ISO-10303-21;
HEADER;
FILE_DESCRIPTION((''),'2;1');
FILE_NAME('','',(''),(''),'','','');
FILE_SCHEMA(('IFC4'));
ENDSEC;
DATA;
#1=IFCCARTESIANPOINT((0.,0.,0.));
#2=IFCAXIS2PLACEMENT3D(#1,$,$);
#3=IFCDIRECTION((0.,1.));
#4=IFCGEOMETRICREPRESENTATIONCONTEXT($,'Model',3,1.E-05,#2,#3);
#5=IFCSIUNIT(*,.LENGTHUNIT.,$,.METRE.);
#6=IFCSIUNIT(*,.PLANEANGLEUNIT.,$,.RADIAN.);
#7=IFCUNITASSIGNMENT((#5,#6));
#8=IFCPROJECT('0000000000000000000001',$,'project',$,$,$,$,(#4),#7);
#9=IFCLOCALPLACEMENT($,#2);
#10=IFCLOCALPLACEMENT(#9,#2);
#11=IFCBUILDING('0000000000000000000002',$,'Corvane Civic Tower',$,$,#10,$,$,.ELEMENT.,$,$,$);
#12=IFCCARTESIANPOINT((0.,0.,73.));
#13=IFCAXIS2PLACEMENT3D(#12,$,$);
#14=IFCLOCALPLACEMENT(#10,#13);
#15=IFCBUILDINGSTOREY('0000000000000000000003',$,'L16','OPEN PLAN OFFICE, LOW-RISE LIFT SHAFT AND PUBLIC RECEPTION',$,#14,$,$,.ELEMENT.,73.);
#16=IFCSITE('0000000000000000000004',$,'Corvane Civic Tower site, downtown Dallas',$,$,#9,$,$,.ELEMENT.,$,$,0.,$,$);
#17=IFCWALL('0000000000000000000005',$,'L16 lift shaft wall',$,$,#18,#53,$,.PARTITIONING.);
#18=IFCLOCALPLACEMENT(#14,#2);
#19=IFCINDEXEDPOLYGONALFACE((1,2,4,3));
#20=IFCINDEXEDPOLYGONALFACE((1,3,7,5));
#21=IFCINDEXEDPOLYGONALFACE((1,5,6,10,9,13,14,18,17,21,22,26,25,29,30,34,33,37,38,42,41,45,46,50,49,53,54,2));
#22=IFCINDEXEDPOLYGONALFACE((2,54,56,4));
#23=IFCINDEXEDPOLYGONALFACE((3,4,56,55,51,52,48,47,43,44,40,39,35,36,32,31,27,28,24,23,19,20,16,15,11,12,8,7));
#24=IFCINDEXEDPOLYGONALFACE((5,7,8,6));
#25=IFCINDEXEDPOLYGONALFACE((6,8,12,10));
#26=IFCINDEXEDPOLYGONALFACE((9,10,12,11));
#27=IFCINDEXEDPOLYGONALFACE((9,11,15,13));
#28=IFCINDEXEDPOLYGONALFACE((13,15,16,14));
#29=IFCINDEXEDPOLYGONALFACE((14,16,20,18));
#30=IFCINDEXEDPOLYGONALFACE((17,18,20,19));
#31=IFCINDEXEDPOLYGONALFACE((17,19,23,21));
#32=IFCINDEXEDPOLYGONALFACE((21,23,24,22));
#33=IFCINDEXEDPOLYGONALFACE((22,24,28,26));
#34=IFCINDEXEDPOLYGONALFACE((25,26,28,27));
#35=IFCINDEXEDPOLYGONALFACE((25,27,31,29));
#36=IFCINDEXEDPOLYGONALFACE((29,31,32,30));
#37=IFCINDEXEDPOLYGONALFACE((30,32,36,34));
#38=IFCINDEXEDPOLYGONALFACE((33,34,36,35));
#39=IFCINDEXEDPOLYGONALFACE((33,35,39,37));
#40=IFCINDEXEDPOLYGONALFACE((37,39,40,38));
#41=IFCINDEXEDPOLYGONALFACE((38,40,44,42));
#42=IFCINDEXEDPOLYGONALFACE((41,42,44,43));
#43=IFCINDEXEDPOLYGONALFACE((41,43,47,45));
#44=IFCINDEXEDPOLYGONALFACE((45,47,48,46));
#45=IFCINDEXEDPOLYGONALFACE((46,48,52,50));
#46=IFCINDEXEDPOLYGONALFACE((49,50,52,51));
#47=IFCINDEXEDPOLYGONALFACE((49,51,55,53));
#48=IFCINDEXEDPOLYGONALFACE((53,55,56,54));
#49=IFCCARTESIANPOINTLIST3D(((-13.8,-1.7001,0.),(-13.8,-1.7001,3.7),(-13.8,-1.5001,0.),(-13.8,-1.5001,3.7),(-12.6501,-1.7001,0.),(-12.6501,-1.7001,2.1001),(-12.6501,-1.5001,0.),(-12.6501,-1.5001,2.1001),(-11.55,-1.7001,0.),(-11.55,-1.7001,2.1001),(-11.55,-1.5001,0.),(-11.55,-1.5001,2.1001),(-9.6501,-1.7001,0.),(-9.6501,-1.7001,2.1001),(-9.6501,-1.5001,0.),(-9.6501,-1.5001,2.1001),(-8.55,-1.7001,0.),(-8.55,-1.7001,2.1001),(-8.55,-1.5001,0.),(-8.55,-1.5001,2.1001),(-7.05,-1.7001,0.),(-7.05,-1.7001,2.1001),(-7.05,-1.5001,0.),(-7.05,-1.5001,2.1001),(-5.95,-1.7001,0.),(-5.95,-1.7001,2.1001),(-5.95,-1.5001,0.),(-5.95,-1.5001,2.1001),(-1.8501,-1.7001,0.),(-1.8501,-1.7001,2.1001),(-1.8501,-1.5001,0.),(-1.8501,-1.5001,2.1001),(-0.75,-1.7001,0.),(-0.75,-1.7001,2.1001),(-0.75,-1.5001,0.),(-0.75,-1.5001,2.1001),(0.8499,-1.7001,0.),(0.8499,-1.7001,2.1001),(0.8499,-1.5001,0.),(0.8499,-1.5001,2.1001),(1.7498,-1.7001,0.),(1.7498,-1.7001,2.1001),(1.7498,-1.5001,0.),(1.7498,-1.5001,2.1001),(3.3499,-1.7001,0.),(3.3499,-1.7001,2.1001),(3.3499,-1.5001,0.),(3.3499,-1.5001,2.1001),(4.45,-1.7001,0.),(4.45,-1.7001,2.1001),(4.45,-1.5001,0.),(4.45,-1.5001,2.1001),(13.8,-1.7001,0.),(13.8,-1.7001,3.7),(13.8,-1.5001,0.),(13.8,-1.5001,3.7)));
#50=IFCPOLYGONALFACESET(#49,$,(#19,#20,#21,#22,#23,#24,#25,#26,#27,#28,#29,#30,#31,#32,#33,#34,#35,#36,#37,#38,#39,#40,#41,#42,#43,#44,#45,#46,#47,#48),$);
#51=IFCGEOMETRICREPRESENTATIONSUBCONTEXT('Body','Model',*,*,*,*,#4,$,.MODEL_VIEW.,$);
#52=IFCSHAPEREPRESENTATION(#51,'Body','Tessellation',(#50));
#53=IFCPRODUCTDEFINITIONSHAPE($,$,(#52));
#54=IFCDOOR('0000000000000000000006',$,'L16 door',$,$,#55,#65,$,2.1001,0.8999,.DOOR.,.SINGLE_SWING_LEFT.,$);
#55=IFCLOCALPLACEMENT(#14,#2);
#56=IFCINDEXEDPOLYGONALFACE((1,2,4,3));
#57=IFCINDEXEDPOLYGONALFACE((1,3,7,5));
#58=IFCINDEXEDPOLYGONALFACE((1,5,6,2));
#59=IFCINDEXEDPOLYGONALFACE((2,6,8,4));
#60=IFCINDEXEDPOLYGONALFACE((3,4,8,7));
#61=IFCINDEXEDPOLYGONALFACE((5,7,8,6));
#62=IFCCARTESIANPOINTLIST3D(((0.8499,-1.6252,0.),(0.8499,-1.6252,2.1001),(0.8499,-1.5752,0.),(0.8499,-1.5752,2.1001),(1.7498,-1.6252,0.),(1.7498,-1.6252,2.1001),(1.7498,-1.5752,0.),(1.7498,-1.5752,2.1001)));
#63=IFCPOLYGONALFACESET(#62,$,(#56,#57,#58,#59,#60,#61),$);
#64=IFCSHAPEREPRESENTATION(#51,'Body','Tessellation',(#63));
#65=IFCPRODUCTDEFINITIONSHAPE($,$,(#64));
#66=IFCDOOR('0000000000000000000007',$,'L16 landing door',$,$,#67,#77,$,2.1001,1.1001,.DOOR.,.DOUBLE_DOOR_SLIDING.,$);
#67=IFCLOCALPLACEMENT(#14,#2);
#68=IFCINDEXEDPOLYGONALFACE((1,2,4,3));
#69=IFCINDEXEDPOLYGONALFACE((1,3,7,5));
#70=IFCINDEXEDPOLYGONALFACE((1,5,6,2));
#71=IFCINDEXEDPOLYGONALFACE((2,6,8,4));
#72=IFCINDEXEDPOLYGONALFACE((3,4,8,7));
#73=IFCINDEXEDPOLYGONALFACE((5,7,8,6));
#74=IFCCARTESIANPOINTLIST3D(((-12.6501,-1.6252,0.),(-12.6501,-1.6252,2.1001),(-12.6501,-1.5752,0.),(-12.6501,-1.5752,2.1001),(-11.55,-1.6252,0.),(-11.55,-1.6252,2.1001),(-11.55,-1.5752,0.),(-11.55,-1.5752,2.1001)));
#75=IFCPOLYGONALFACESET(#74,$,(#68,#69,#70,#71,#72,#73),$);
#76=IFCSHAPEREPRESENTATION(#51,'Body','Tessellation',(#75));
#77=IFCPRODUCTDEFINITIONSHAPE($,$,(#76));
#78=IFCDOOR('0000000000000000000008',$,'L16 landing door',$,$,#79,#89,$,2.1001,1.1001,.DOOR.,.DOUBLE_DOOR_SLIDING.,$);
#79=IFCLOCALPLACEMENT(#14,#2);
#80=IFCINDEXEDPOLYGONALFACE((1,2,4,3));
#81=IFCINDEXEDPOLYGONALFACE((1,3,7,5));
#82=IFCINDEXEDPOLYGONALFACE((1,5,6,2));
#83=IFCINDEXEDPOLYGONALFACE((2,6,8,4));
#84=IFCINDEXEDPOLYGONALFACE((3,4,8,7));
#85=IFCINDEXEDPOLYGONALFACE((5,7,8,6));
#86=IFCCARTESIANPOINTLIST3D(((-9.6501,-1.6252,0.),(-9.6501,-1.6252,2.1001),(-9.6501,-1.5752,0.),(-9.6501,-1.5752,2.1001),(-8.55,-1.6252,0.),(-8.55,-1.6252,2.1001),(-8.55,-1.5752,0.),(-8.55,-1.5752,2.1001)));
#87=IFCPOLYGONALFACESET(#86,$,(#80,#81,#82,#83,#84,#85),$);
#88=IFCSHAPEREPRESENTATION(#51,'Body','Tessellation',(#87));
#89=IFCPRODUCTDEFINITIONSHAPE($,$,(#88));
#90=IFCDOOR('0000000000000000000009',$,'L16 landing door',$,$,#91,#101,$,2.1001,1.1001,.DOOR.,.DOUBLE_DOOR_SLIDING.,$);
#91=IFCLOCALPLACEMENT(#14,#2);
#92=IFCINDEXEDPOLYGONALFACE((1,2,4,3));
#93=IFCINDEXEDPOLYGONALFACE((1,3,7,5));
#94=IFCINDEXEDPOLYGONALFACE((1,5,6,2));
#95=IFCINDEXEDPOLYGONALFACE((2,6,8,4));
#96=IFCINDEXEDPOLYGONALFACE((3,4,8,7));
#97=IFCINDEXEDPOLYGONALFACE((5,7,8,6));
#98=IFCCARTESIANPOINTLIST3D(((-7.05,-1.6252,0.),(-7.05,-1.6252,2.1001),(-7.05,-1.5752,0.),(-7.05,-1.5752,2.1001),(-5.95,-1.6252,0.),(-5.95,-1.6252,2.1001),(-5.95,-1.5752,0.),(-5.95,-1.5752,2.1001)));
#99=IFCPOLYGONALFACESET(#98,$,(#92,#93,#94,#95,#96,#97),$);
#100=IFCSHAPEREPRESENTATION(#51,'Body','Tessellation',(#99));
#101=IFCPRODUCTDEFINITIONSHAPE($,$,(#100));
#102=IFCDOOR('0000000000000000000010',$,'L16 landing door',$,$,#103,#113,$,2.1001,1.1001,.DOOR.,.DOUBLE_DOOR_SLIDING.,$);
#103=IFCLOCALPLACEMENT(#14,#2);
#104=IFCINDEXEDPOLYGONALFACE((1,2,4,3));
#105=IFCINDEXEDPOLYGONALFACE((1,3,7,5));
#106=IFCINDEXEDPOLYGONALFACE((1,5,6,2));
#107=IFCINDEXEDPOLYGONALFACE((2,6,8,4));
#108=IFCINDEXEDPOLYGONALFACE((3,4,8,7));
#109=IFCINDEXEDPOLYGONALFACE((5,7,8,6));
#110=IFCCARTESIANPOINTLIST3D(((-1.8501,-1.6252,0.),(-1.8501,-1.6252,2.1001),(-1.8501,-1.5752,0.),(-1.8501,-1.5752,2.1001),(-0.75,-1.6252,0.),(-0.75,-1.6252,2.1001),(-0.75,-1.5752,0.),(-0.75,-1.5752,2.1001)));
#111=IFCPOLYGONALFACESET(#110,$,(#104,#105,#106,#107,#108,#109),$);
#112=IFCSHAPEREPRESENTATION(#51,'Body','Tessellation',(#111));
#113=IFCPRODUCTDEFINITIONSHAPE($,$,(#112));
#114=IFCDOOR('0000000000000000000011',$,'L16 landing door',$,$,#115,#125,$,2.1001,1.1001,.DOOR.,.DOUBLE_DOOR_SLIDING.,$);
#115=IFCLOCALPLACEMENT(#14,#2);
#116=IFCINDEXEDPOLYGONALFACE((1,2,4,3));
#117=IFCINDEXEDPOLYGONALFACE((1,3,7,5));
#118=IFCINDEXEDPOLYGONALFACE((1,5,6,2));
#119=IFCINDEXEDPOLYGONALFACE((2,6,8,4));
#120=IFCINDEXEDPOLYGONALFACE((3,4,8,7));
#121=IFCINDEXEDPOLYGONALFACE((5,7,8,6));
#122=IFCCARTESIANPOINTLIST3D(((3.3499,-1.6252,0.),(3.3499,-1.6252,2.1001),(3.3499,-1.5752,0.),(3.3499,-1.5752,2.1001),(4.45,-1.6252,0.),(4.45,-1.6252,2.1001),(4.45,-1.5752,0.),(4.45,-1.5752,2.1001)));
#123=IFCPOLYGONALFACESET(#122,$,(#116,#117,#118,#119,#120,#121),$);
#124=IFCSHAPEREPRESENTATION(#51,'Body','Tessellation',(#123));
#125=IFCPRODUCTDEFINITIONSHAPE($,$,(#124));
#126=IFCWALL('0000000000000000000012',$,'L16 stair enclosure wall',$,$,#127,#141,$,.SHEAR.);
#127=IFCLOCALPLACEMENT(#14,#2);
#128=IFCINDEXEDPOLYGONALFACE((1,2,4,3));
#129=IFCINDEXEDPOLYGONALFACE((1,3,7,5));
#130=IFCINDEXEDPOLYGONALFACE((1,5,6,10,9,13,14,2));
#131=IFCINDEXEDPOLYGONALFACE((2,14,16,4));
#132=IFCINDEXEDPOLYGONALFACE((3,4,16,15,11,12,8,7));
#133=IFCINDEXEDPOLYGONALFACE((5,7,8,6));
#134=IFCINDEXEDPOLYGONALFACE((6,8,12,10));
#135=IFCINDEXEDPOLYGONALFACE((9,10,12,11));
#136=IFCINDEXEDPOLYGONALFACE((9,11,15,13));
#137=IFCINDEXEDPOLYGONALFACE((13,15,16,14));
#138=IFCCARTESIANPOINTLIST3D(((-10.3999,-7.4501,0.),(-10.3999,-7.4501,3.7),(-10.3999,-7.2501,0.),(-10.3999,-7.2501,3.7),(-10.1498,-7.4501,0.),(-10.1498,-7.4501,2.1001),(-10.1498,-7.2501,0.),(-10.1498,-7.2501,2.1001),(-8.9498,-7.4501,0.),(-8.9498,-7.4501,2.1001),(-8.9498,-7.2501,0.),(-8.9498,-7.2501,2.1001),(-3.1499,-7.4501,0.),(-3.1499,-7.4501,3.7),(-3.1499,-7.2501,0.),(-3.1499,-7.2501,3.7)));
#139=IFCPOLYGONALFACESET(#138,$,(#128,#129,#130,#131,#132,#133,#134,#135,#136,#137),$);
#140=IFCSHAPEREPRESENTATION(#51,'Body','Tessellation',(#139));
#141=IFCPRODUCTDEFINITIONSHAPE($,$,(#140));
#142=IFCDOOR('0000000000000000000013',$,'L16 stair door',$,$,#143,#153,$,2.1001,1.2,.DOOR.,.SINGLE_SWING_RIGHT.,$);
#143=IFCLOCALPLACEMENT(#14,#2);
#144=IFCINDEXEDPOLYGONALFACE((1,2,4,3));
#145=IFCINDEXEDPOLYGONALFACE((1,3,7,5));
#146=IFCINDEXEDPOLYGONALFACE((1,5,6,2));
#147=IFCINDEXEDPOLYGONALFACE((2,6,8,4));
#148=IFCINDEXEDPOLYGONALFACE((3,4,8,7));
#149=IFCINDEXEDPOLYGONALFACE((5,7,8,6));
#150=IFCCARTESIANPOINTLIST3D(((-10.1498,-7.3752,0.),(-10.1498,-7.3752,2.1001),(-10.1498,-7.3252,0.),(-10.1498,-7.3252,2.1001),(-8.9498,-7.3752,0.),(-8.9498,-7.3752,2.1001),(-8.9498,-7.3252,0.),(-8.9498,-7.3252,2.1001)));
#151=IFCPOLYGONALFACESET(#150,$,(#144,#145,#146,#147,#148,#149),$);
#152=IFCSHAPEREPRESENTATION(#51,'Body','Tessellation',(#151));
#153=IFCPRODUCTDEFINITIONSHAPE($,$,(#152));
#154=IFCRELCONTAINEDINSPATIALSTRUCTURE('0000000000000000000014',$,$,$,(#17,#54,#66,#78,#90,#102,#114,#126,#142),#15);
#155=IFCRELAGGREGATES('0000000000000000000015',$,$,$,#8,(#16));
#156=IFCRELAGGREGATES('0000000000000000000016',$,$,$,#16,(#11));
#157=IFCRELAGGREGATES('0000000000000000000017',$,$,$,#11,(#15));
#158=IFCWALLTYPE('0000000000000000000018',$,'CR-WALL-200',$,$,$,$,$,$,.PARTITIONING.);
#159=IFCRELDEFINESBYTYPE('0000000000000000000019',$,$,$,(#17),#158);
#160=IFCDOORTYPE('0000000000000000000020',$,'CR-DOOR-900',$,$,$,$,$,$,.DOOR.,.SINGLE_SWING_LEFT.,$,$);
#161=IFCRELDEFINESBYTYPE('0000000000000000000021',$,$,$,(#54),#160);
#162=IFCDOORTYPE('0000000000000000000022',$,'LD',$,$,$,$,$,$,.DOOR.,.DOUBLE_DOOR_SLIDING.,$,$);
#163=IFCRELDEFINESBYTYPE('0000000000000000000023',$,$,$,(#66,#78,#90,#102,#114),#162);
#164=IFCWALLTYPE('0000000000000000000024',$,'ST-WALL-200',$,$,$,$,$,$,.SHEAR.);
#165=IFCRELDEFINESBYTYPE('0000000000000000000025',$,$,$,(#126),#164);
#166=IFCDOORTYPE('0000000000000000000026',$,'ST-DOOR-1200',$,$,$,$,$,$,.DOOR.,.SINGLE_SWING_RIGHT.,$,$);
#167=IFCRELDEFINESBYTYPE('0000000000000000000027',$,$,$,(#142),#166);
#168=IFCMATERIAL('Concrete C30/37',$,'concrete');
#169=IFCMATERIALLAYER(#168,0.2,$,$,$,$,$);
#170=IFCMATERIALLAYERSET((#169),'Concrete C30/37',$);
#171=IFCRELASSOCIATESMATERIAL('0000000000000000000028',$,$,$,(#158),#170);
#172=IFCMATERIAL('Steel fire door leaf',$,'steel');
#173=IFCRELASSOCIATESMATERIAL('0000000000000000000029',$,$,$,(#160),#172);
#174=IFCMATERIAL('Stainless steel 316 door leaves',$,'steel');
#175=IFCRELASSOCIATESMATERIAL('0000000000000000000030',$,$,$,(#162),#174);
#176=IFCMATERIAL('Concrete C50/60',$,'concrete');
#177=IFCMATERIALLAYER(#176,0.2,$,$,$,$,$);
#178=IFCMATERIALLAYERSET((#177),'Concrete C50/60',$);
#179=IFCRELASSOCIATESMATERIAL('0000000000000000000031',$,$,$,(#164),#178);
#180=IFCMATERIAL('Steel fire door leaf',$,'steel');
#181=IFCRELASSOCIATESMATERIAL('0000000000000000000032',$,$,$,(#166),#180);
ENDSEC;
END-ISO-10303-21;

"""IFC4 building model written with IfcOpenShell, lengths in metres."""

from ifc_helpers import new_model, si_unit, direction, frame, frame_2d, origin, place, context, subcontext, project, spatial, rectangle, extrude, material, layer, layer_set, type_object, element, fill, save


model = new_model("IFC4")

# Units and contexts
model_context = context("Model", 3, precision=1e-05, world=origin(), true_north=direction((0.0, 1.0)))
body_context = subcontext(model_context, "Body", "Model", "MODEL_VIEW")
ifc_project = project(units=[si_unit("LENGTHUNIT", "METRE"), si_unit("PLANEANGLEUNIT", "RADIAN")], contexts=[model_context])

# Site, building, storey
site_placement = place(None, origin())
site = spatial("IfcSite", under=ifc_project, at=site_placement, Name="Corvane Civic Tower site, downtown Dallas", CompositionType="ELEMENT", RefElevation=0.0)
building_placement = place(site_placement, origin())
building = spatial("IfcBuilding", under=site, at=building_placement, Name="Corvane Civic Tower", CompositionType="ELEMENT")
storey_placement = place(building_placement, frame((0.0, 0.0, 73.0)))
storey = spatial("IfcBuildingStorey", under=building, at=storey_placement, Name="L16", Description="OPEN PLAN OFFICE, LOW-RISE LIFT SHAFT AND PUBLIC RECEPTION", CompositionType="ELEMENT", Elevation=73.0)

# Wall, openings, doors
ifc_material_1 = material(Name="Concrete C30/37", Category="concrete")
ifc_layer_1 = layer(ifc_material_1, 0.2)
ifc_layer_set_1 = layer_set([ifc_layer_1], Name="Concrete C30/37")
wall_type_1 = type_object("IfcWallType", Name="CR-WALL-200", PredefinedType="PARTITIONING", material=ifc_layer_set_1)
ifc_material_2 = material(Name="Steel fire door leaf", Category="steel")
door_type_1 = type_object("IfcDoorType", Name="CR-DOOR-900", OperationType="SINGLE_SWING_LEFT", PredefinedType="DOOR", material=ifc_material_2)
wall_1_placement = place(storey_placement, frame((-13.8, -1.6001, 0.0), z_axis=(0.0, 0.0, 1.0), x_axis=(1.0, 0.0, 0.0)))
wall_1 = element("IfcWall", 1, at=wall_1_placement, inside=storey, type_object=wall_type_1, Name="L16 lift shaft wall", PredefinedType="PARTITIONING", context=body_context, shape_type="SweptSolid", body=[
    extrude(rectangle(XDim=27.6001, YDim=0.2, at=frame_2d((13.8, 0.0))), origin(), (0.0, 0.0, 1.0), 3.7),
])
opening_1_placement = place(wall_1_placement, frame((1.1499, 0.0, 0.0)))
opening_1 = element("IfcOpeningElement", 2, at=opening_1_placement, cuts=wall_1, PredefinedType="OPENING", context=body_context, shape_type="SweptSolid", body=[
    extrude(rectangle(XDim=1.1001, YDim=2.1001, at=frame_2d((0.55, 1.05))), frame((0.0, 0.1099, 0.0), z_axis=(0.0, -1.0, 0.0), x_axis=(1.0, 0.0, 0.0)), (0.0, 0.0, 1.0), 0.22),
])
opening_2_placement = place(wall_1_placement, frame((4.1499, 0.0, 0.0)))
opening_2 = element("IfcOpeningElement", 3, at=opening_2_placement, cuts=wall_1, PredefinedType="OPENING", context=body_context, shape_type="SweptSolid", body=[
    extrude(rectangle(XDim=1.1001, YDim=2.1001, at=frame_2d((0.55, 1.05))), frame((0.0, 0.1099, 0.0), z_axis=(0.0, -1.0, 0.0), x_axis=(1.0, 0.0, 0.0)), (0.0, 0.0, 1.0), 0.22),
])
opening_3_placement = place(wall_1_placement, frame((6.75, 0.0, 0.0)))
opening_3 = element("IfcOpeningElement", 4, at=opening_3_placement, cuts=wall_1, PredefinedType="OPENING", context=body_context, shape_type="SweptSolid", body=[
    extrude(rectangle(XDim=1.1001, YDim=2.1001, at=frame_2d((0.55, 1.05))), frame((0.0, 0.1099, 0.0), z_axis=(0.0, -1.0, 0.0), x_axis=(1.0, 0.0, 0.0)), (0.0, 0.0, 1.0), 0.22),
])
opening_4_placement = place(wall_1_placement, frame((11.95, 0.0, 0.0)))
opening_4 = element("IfcOpeningElement", 5, at=opening_4_placement, cuts=wall_1, PredefinedType="OPENING", context=body_context, shape_type="SweptSolid", body=[
    extrude(rectangle(XDim=1.1001, YDim=2.1001, at=frame_2d((0.55, 1.05))), frame((0.0, 0.1099, 0.0), z_axis=(0.0, -1.0, 0.0), x_axis=(1.0, 0.0, 0.0)), (0.0, 0.0, 1.0), 0.22),
])
opening_5_placement = place(wall_1_placement, frame((14.6499, 0.0, 0.0)))
opening_5 = element("IfcOpeningElement", 6, at=opening_5_placement, cuts=wall_1, PredefinedType="OPENING", context=body_context, shape_type="SweptSolid", body=[
    extrude(rectangle(XDim=0.8999, YDim=2.1001, at=frame_2d((0.45, 1.05))), frame((0.0, 0.1099, 0.0), z_axis=(0.0, -1.0, 0.0), x_axis=(1.0, 0.0, 0.0)), (0.0, 0.0, 1.0), 0.22),
])
opening_6_placement = place(wall_1_placement, frame((17.1499, 0.0, 0.0)))
opening_6 = element("IfcOpeningElement", 7, at=opening_6_placement, cuts=wall_1, PredefinedType="OPENING", context=body_context, shape_type="SweptSolid", body=[
    extrude(rectangle(XDim=1.1001, YDim=2.1001, at=frame_2d((0.55, 1.05))), frame((0.0, 0.1099, 0.0), z_axis=(0.0, -1.0, 0.0), x_axis=(1.0, 0.0, 0.0)), (0.0, 0.0, 1.0), 0.22),
])
door_1_placement = place(opening_5_placement, origin())
door_1 = element("IfcDoor", 8, at=door_1_placement, inside=storey, type_object=door_type_1, Name="L16 door", OperationType="SINGLE_SWING_LEFT", OverallHeight=2.1001, OverallWidth=0.8999, PredefinedType="DOOR", context=body_context, shape_type="SweptSolid", body=[
    extrude(rectangle(XDim=0.8999, YDim=2.1001, at=frame_2d((0.45, 1.05))), frame((0.0, 0.0249, 0.0), z_axis=(0.0, -1.0, 0.0), x_axis=(1.0, 0.0, 0.0)), (0.0, 0.0, 1.0), 0.05),
])
fill(opening_5, door_1)
ifc_material_3 = material(Name="Stainless steel 316 door leaves", Category="steel")
door_type_2 = type_object("IfcDoorType", Name="LD", OperationType="DOUBLE_DOOR_SLIDING", PredefinedType="DOOR", material=ifc_material_3)
door_2_placement = place(opening_1_placement, origin())
door_2 = element("IfcDoor", 9, at=door_2_placement, inside=storey, type_object=door_type_2, Name="L16 landing door", OperationType="DOUBLE_DOOR_SLIDING", OverallHeight=2.1001, OverallWidth=1.1001, PredefinedType="DOOR", context=body_context, shape_type="SweptSolid", body=[
    extrude(rectangle(XDim=1.1001, YDim=2.1001, at=frame_2d((0.55, 1.05))), frame((0.0, 0.0249, 0.0), z_axis=(0.0, -1.0, 0.0), x_axis=(1.0, 0.0, 0.0)), (0.0, 0.0, 1.0), 0.05),
])
fill(opening_1, door_2)
door_3_placement = place(opening_2_placement, origin())
door_3 = element("IfcDoor", 10, at=door_3_placement, inside=storey, type_object=door_type_2, Name="L16 landing door", OperationType="DOUBLE_DOOR_SLIDING", OverallHeight=2.1001, OverallWidth=1.1001, PredefinedType="DOOR", context=body_context, shape_type="SweptSolid", body=[
    extrude(rectangle(XDim=1.1001, YDim=2.1001, at=frame_2d((0.55, 1.05))), frame((0.0, 0.0249, 0.0), z_axis=(0.0, -1.0, 0.0), x_axis=(1.0, 0.0, 0.0)), (0.0, 0.0, 1.0), 0.05),
])
fill(opening_2, door_3)
door_4_placement = place(opening_3_placement, origin())
door_4 = element("IfcDoor", 11, at=door_4_placement, inside=storey, type_object=door_type_2, Name="L16 landing door", OperationType="DOUBLE_DOOR_SLIDING", OverallHeight=2.1001, OverallWidth=1.1001, PredefinedType="DOOR", context=body_context, shape_type="SweptSolid", body=[
    extrude(rectangle(XDim=1.1001, YDim=2.1001, at=frame_2d((0.55, 1.05))), frame((0.0, 0.0249, 0.0), z_axis=(0.0, -1.0, 0.0), x_axis=(1.0, 0.0, 0.0)), (0.0, 0.0, 1.0), 0.05),
])
fill(opening_3, door_4)
door_5_placement = place(opening_4_placement, origin())
door_5 = element("IfcDoor", 12, at=door_5_placement, inside=storey, type_object=door_type_2, Name="L16 landing door", OperationType="DOUBLE_DOOR_SLIDING", OverallHeight=2.1001, OverallWidth=1.1001, PredefinedType="DOOR", context=body_context, shape_type="SweptSolid", body=[
    extrude(rectangle(XDim=1.1001, YDim=2.1001, at=frame_2d((0.55, 1.05))), frame((0.0, 0.0249, 0.0), z_axis=(0.0, -1.0, 0.0), x_axis=(1.0, 0.0, 0.0)), (0.0, 0.0, 1.0), 0.05),
])
fill(opening_4, door_5)
door_6_placement = place(opening_6_placement, origin())
door_6 = element("IfcDoor", 13, at=door_6_placement, inside=storey, type_object=door_type_2, Name="L16 landing door", OperationType="DOUBLE_DOOR_SLIDING", OverallHeight=2.1001, OverallWidth=1.1001, PredefinedType="DOOR", context=body_context, shape_type="SweptSolid", body=[
    extrude(rectangle(XDim=1.1001, YDim=2.1001, at=frame_2d((0.55, 1.05))), frame((0.0, 0.0249, 0.0), z_axis=(0.0, -1.0, 0.0), x_axis=(1.0, 0.0, 0.0)), (0.0, 0.0, 1.0), 0.05),
])
fill(opening_6, door_6)

# Wall, opening, door
ifc_material_4 = material(Name="Concrete C50/60", Category="concrete")
ifc_layer_2 = layer(ifc_material_4, 0.2)
ifc_layer_set_2 = layer_set([ifc_layer_2], Name="Concrete C50/60")
wall_type_2 = type_object("IfcWallType", Name="ST-WALL-200", PredefinedType="SHEAR", material=ifc_layer_set_2)
wall_2_placement = place(storey_placement, frame((-10.3999, -7.3501, 0.0), z_axis=(0.0, 0.0, 1.0), x_axis=(1.0, 0.0, 0.0)))
wall_2 = element("IfcWall", 14, at=wall_2_placement, inside=storey, type_object=wall_type_2, Name="L16 stair enclosure wall", PredefinedType="SHEAR", context=body_context, shape_type="SweptSolid", body=[
    extrude(rectangle(XDim=7.25, YDim=0.2, at=frame_2d((3.625, 0.0))), origin(), (0.0, 0.0, 1.0), 3.7),
])
opening_7_placement = place(wall_2_placement, frame((0.25, 0.0, 0.0)))
opening_7 = element("IfcOpeningElement", 15, at=opening_7_placement, cuts=wall_2, PredefinedType="OPENING", context=body_context, shape_type="SweptSolid", body=[
    extrude(rectangle(XDim=1.2, YDim=2.1001, at=frame_2d((0.6001, 1.05))), frame((0.0, 0.1099, 0.0), z_axis=(0.0, -1.0, 0.0), x_axis=(1.0, 0.0, 0.0)), (0.0, 0.0, 1.0), 0.22),
])
ifc_material_5 = material(Name="Steel fire door leaf", Category="steel")
door_type_3 = type_object("IfcDoorType", Name="ST-DOOR-1200", OperationType="SINGLE_SWING_RIGHT", PredefinedType="DOOR", material=ifc_material_5)
door_7_placement = place(opening_7_placement, origin())
door_7 = element("IfcDoor", 16, at=door_7_placement, inside=storey, type_object=door_type_3, Name="L16 stair door", OperationType="SINGLE_SWING_RIGHT", OverallHeight=2.1001, OverallWidth=1.2, PredefinedType="DOOR", context=body_context, shape_type="SweptSolid", body=[
    extrude(rectangle(XDim=1.2, YDim=2.1001, at=frame_2d((0.6001, 1.05))), frame((0.0, 0.0249, 0.0), z_axis=(0.0, -1.0, 0.0), x_axis=(1.0, 0.0, 0.0)), (0.0, 0.0, 1.0), 0.05),
])
fill(opening_7, door_7)

save(model, "model.ifc")
